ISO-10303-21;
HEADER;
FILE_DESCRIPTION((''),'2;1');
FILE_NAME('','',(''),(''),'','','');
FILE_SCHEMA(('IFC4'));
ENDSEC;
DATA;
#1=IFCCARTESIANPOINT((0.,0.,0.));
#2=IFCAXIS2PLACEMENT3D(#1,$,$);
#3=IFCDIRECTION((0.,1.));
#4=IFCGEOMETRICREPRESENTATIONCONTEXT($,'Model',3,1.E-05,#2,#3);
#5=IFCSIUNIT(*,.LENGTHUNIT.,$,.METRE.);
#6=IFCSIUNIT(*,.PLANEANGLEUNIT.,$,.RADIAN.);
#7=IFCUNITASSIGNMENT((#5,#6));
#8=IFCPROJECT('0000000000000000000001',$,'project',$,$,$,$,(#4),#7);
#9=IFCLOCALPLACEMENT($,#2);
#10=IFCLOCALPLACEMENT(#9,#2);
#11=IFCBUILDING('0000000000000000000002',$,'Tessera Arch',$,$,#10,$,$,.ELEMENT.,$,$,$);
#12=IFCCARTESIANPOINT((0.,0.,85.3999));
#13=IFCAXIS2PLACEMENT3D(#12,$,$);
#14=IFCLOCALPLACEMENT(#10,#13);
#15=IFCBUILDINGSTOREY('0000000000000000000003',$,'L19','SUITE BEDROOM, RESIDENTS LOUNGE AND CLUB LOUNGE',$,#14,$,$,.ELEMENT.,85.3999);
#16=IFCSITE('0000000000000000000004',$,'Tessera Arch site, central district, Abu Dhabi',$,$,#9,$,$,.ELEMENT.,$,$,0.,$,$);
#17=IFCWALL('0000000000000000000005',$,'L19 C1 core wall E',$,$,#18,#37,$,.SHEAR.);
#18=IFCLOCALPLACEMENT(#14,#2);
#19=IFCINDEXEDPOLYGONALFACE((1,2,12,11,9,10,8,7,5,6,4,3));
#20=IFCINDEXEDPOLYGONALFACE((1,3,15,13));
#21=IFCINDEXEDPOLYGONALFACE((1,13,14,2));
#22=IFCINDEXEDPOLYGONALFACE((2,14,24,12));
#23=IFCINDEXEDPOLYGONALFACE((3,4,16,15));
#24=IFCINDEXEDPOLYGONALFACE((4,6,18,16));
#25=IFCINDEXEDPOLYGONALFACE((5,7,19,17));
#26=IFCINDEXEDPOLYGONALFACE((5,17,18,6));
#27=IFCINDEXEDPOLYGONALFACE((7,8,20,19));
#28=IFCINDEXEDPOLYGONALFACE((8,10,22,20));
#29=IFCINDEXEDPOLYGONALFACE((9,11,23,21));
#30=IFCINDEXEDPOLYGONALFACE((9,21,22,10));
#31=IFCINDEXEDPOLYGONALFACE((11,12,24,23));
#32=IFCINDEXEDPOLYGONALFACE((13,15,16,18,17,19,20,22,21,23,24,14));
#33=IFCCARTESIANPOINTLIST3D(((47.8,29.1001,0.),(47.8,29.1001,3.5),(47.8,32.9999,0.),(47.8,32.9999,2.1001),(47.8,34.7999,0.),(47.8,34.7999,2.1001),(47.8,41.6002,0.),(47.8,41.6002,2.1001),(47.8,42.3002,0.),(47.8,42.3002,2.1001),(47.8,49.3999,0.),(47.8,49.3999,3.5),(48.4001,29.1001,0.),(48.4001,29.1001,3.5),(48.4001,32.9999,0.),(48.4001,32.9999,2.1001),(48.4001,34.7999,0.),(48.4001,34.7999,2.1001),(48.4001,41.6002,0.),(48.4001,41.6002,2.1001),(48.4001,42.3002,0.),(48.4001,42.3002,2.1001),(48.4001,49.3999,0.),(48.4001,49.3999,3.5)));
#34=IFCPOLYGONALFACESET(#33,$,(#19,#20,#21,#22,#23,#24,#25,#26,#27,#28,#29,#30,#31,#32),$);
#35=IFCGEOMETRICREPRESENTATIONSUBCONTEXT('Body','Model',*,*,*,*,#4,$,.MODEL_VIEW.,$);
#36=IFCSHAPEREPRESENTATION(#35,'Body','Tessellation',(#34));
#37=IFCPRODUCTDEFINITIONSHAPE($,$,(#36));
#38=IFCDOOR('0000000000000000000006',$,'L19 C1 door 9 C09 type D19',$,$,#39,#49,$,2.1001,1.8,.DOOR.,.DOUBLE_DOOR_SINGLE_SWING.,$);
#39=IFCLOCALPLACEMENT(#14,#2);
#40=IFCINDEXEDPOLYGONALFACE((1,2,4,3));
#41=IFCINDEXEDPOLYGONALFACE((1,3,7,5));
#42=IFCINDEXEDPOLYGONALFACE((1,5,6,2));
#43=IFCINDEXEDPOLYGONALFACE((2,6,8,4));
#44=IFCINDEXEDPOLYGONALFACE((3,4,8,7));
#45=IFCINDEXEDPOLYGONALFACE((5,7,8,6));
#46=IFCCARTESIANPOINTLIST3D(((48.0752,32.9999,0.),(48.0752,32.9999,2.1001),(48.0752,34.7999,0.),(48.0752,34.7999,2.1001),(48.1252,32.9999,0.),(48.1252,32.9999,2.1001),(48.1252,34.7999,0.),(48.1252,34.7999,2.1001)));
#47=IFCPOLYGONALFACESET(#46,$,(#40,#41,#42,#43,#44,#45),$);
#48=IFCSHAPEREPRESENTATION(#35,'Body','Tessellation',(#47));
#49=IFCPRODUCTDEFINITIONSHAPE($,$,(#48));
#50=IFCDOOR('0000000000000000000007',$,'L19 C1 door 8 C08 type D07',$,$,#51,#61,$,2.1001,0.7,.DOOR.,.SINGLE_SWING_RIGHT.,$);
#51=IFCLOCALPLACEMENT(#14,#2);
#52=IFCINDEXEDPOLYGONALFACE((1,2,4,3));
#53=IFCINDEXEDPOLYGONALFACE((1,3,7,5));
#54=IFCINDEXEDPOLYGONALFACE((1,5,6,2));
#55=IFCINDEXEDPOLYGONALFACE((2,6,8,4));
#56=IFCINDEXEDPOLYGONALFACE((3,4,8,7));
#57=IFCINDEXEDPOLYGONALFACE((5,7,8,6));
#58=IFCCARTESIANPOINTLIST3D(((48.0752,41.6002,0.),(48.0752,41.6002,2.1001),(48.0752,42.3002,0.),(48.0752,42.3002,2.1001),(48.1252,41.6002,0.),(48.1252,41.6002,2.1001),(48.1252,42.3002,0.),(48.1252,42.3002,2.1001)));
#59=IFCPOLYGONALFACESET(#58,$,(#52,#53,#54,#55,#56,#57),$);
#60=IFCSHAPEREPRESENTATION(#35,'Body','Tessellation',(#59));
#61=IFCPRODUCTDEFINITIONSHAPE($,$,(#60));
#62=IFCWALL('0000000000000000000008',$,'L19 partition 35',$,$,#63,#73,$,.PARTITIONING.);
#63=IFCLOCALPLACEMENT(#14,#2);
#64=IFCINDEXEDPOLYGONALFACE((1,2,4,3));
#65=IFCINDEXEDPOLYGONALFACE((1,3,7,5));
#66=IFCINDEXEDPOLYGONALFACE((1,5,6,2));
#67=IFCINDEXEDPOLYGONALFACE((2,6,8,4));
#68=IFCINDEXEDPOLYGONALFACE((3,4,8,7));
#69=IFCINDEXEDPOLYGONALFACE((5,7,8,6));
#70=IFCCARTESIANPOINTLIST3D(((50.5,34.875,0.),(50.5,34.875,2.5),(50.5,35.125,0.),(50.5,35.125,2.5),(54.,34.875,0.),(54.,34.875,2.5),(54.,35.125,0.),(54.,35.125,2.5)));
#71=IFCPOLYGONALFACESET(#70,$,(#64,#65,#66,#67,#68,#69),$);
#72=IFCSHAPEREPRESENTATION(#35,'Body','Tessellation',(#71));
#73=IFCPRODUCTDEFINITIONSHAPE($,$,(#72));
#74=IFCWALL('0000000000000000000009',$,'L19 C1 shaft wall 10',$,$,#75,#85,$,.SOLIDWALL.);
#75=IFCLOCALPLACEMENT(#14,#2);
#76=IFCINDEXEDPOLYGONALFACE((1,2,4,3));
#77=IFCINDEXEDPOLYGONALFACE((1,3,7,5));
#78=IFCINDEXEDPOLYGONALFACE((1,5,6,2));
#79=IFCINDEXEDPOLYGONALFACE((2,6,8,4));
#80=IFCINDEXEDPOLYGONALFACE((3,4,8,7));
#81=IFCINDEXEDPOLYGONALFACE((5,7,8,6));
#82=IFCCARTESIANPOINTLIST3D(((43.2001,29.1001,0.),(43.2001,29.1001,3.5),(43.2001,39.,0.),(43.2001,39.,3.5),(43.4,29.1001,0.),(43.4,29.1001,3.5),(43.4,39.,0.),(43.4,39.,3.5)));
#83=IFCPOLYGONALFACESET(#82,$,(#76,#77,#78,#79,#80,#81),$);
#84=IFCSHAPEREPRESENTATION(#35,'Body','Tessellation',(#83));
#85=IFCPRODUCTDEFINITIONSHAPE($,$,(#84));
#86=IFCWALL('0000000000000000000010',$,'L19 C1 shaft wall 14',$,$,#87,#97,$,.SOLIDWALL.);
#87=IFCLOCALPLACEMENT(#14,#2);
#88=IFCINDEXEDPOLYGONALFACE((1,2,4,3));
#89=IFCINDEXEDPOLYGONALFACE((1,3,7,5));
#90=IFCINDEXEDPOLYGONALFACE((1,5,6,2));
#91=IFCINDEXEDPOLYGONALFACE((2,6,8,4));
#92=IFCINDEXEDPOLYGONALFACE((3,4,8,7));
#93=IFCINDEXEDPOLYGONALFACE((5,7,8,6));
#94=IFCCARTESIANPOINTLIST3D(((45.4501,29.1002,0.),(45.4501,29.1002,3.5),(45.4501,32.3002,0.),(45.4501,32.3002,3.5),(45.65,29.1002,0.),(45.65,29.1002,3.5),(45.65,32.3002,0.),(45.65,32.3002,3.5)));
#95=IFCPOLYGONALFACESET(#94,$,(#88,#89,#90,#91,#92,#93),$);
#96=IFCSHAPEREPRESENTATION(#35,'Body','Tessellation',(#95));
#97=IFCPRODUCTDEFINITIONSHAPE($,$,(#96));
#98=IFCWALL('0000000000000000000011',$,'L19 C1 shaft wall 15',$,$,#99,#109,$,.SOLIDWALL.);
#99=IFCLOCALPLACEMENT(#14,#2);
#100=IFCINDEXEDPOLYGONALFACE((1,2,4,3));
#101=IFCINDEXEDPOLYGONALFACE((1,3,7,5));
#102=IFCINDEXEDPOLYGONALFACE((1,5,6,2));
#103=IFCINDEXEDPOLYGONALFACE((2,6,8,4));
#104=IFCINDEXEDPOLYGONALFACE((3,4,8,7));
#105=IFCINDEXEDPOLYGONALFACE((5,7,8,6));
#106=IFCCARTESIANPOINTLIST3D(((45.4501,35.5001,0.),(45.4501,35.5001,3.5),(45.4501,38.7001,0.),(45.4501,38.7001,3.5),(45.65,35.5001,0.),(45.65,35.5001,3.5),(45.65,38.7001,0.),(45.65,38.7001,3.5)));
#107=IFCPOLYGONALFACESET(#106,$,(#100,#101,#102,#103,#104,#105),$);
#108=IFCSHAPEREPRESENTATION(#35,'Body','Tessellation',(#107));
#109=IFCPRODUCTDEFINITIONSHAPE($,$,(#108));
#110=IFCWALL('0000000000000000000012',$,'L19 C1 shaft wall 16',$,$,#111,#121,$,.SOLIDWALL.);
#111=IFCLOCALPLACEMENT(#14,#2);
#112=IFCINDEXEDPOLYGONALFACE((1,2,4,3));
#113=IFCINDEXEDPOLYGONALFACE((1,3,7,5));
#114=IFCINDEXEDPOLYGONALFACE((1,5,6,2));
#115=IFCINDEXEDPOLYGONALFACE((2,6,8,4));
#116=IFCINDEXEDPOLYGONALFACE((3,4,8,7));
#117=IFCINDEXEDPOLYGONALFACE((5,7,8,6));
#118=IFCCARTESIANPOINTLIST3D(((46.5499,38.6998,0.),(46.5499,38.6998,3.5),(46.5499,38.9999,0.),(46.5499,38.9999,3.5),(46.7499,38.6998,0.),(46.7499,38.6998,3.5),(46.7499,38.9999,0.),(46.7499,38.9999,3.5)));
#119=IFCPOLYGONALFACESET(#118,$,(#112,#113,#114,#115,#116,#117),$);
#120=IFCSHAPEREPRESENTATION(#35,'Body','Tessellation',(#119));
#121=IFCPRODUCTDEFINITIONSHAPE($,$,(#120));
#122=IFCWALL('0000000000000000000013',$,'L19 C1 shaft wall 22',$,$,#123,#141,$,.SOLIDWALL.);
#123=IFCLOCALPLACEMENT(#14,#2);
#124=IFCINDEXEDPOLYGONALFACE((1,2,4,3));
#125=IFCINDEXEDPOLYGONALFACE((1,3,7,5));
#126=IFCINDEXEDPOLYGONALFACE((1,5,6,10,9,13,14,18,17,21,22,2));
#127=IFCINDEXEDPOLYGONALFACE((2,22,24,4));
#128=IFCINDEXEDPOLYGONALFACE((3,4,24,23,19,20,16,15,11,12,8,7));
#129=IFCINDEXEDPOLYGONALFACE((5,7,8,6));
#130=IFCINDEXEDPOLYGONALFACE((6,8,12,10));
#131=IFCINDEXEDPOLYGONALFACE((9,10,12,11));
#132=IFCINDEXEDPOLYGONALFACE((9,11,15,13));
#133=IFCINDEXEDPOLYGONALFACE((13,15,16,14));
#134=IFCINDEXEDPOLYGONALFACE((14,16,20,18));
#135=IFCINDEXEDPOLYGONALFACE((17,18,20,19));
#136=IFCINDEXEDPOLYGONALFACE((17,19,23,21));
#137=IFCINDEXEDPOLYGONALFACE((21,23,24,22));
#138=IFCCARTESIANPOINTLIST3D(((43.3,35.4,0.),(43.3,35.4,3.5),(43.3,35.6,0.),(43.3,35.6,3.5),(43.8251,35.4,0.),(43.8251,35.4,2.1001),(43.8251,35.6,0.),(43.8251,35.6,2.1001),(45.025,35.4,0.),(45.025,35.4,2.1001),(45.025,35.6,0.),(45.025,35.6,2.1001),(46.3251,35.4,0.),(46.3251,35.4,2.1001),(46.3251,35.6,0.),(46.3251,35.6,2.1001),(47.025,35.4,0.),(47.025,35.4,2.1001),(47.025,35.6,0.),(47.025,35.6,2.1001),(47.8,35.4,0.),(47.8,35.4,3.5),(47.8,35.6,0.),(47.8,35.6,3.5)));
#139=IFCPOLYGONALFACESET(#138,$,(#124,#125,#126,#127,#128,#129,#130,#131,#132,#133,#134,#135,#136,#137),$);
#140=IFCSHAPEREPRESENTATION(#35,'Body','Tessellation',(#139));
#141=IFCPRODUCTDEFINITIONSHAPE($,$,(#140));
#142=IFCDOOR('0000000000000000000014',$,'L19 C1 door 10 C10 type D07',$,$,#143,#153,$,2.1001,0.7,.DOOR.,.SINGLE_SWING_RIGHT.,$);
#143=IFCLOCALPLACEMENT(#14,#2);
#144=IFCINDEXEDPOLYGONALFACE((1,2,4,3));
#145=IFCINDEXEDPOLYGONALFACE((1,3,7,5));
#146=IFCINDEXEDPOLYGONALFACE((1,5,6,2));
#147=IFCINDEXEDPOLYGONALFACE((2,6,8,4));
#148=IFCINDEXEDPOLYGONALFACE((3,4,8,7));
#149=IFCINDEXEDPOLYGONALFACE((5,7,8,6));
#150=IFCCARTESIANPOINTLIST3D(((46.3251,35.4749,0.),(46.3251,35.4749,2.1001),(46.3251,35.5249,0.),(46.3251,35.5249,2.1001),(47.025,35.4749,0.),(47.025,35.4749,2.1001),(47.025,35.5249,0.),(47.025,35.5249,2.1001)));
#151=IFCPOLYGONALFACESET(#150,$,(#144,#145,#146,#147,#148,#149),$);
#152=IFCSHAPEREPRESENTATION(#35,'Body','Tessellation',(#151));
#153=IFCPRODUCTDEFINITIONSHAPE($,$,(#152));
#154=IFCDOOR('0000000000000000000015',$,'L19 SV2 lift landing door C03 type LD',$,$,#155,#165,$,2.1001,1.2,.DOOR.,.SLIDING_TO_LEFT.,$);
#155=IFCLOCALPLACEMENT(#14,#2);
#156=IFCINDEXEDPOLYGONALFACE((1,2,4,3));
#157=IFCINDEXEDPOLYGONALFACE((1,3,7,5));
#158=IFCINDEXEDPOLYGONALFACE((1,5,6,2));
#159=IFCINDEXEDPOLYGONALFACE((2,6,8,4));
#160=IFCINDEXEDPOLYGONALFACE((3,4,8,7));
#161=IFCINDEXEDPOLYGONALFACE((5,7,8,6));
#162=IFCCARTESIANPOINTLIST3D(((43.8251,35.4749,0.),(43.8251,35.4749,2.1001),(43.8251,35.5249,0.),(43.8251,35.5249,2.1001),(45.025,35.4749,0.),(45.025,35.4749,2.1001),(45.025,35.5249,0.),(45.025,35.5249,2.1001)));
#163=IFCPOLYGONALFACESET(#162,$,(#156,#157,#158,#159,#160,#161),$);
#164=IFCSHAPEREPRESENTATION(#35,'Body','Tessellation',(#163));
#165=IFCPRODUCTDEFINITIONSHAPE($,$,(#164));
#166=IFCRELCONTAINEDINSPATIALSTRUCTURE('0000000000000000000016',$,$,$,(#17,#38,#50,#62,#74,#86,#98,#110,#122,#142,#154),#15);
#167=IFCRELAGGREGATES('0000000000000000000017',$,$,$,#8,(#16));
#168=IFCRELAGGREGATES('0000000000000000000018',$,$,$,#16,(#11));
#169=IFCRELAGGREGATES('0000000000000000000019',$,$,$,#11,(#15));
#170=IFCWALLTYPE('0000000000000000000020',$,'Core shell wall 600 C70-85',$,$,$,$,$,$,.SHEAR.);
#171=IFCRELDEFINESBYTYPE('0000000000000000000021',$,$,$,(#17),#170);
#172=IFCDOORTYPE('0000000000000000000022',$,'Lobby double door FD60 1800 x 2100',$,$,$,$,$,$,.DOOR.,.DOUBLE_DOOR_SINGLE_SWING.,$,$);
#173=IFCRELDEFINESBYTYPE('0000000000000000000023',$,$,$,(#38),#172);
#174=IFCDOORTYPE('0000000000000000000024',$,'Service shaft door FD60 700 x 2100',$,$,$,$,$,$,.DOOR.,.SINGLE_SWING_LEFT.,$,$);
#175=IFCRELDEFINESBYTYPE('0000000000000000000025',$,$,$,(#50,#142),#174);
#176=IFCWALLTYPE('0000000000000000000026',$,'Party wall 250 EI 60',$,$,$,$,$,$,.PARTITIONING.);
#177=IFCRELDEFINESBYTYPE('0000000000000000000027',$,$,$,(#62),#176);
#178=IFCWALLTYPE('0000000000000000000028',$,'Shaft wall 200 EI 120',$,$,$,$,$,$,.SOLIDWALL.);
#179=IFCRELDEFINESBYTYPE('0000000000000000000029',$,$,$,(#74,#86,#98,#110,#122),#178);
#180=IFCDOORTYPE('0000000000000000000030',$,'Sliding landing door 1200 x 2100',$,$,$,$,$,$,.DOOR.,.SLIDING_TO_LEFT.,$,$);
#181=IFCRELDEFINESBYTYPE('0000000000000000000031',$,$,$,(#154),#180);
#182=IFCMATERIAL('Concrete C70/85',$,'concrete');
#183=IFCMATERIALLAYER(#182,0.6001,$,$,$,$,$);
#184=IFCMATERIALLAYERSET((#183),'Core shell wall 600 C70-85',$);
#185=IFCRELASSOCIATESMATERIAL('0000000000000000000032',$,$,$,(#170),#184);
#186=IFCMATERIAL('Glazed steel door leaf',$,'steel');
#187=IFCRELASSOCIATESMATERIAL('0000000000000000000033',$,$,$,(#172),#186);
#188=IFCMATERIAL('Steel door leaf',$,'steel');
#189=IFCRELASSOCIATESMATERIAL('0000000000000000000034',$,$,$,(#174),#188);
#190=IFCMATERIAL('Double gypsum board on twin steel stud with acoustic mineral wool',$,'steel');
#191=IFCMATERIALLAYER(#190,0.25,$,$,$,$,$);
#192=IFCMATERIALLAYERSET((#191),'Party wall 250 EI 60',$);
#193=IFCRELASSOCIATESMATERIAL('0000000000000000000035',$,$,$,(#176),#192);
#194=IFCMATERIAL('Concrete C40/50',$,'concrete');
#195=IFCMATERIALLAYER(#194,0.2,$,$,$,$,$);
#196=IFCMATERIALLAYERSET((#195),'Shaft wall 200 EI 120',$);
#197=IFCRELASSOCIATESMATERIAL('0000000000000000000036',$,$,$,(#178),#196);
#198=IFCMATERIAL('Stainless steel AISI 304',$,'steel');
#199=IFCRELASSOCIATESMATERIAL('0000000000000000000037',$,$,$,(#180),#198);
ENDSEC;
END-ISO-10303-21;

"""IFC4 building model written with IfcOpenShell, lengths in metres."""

from ifc_helpers import new_model, si_unit, direction, frame, frame_2d, origin, place, context, subcontext, project, spatial, rectangle, extrude, material, layer, layer_set, type_object, element, fill, save


model = new_model("IFC4")

# Units and contexts
model_context = context("Model", 3, precision=1e-05, world=origin(), true_north=direction((0.0, 1.0)))
body_context = subcontext(model_context, "Body", "Model", "MODEL_VIEW")
ifc_project = project(units=[si_unit("LENGTHUNIT", "METRE"), si_unit("PLANEANGLEUNIT", "RADIAN")], contexts=[model_context])

# Site, building, storey
site_placement = place(None, origin())
site = spatial("IfcSite", under=ifc_project, at=site_placement, Name="Tessera Arch site, central district, Abu Dhabi", CompositionType="ELEMENT", RefElevation=0.0)
building_placement = place(site_placement, origin())
building = spatial("IfcBuilding", under=site, at=building_placement, Name="Tessera Arch", CompositionType="ELEMENT")
storey_placement = place(building_placement, frame((0.0, 0.0, 85.3999)))
storey = spatial("IfcBuildingStorey", under=building, at=storey_placement, Name="L19", Description="SUITE BEDROOM, RESIDENTS LOUNGE AND CLUB LOUNGE", CompositionType="ELEMENT", Elevation=85.3999)

# Wall, openings, doors
ifc_material_1 = material(Name="Concrete C70/85", Category="concrete")
ifc_layer_1 = layer(ifc_material_1, 0.6001)
ifc_layer_set_1 = layer_set([ifc_layer_1], Name="Core shell wall 600 C70-85")
wall_type_1 = type_object("IfcWallType", Name="Core shell wall 600 C70-85", PredefinedType="SHEAR", material=ifc_layer_set_1)
wall_1_placement = place(storey_placement, frame((48.1001, 29.1001, 0.0), z_axis=(0.0, 0.0, 1.0), x_axis=(0.0, 1.0, 0.0)))
wall_1 = element("IfcWall", 1, at=wall_1_placement, inside=storey, type_object=wall_type_1, Name="L19 C1 core wall E", PredefinedType="SHEAR", context=body_context, shape_type="SweptSolid", body=[
    extrude(rectangle(XDim=20.2998, YDim=0.6001, at=frame_2d((10.1499, 0.0))), origin(), (0.0, 0.0, 1.0), 3.5),
])
opening_1_placement = place(wall_1_placement, frame((12.5, 0.0, 0.0)))
opening_1 = element("IfcOpeningElement", 2, at=opening_1_placement, cuts=wall_1, PredefinedType="OPENING", context=body_context, shape_type="SweptSolid", body=[
    extrude(rectangle(XDim=0.7, YDim=2.1001, at=frame_2d((0.3501, 1.05))), frame((0.0, 0.3101, 0.0), z_axis=(0.0, -1.0, 0.0), x_axis=(1.0, 0.0, 0.0)), (0.0, 0.0, 1.0), 0.6201),
])
opening_2_placement = place(wall_1_placement, frame((3.8999, 0.0, 0.0)))
opening_2 = element("IfcOpeningElement", 3, at=opening_2_placement, cuts=wall_1, PredefinedType="OPENING", context=body_context, shape_type="SweptSolid", body=[
    extrude(rectangle(XDim=1.8, YDim=2.1001, at=frame_2d((0.8999, 1.05))), frame((0.0, 0.3101, 0.0), z_axis=(0.0, -1.0, 0.0), x_axis=(1.0, 0.0, 0.0)), (0.0, 0.0, 1.0), 0.6201),
])
ifc_material_2 = material(Name="Glazed steel door leaf", Category="steel")
door_type_1 = type_object("IfcDoorType", Name="Lobby double door FD60 1800 x 2100", OperationType="DOUBLE_DOOR_SINGLE_SWING", PredefinedType="DOOR", material=ifc_material_2)
door_1_placement = place(opening_2_placement, origin())
door_1 = element("IfcDoor", 4, at=door_1_placement, inside=storey, type_object=door_type_1, Name="L19 C1 door 9 C09 type D19", OperationType="DOUBLE_DOOR_SINGLE_SWING", OverallHeight=2.1001, OverallWidth=1.8, PredefinedType="DOOR", context=body_context, shape_type="SweptSolid", body=[
    extrude(rectangle(XDim=1.8, YDim=2.1001, at=frame_2d((0.8999, 1.05))), frame((0.0, 0.0249, 0.0), z_axis=(0.0, -1.0, 0.0), x_axis=(1.0, 0.0, 0.0)), (0.0, 0.0, 1.0), 0.05),
])
fill(opening_2, door_1)
ifc_material_3 = material(Name="Steel door leaf", Category="steel")
door_type_2 = type_object("IfcDoorType", Name="Service shaft door FD60 700 x 2100", OperationType="SINGLE_SWING_LEFT", PredefinedType="DOOR", material=ifc_material_3)
door_2_placement = place(opening_1_placement, origin())
door_2 = element("IfcDoor", 5, at=door_2_placement, inside=storey, type_object=door_type_2, Name="L19 C1 door 8 C08 type D07", OperationType="SINGLE_SWING_RIGHT", OverallHeight=2.1001, OverallWidth=0.7, PredefinedType="DOOR", context=body_context, shape_type="SweptSolid", body=[
    extrude(rectangle(XDim=0.7, YDim=2.1001, at=frame_2d((0.3501, 1.05))), frame((0.0, 0.0249, 0.0), z_axis=(0.0, -1.0, 0.0), x_axis=(1.0, 0.0, 0.0)), (0.0, 0.0, 1.0), 0.05),
])
fill(opening_1, door_2)

# Walls
ifc_material_4 = material(Name="Double gypsum board on twin steel stud with acoustic mineral wool", Category="steel")
ifc_layer_2 = layer(ifc_material_4, 0.25)
ifc_layer_set_2 = layer_set([ifc_layer_2], Name="Party wall 250 EI 60")
wall_type_2 = type_object("IfcWallType", Name="Party wall 250 EI 60", PredefinedType="PARTITIONING", material=ifc_layer_set_2)
wall_2_placement = place(storey_placement, frame((50.5, 35.0, 0.0), z_axis=(0.0, 0.0, 1.0), x_axis=(1.0, 0.0, 0.0)))
element("IfcWall", 6, at=wall_2_placement, inside=storey, type_object=wall_type_2, Name="L19 partition 35", PredefinedType="PARTITIONING", context=body_context, shape_type="SweptSolid", body=[
    extrude(rectangle(XDim=3.5, YDim=0.25, at=frame_2d((1.75, 0.0))), origin(), (0.0, 0.0, 1.0), 2.5),
])
ifc_material_5 = material(Name="Concrete C40/50", Category="concrete")
ifc_layer_3 = layer(ifc_material_5, 0.2)
ifc_layer_set_3 = layer_set([ifc_layer_3], Name="Shaft wall 200 EI 120")
wall_type_3 = type_object("IfcWallType", Name="Shaft wall 200 EI 120", PredefinedType="SOLIDWALL", material=ifc_layer_set_3)
wall_3_placement = place(storey_placement, frame((43.3, 29.1001, 0.0), z_axis=(0.0, 0.0, 1.0), x_axis=(0.0, 1.0, 0.0)))
element("IfcWall", 7, at=wall_3_placement, inside=storey, type_object=wall_type_3, Name="L19 C1 shaft wall 10", PredefinedType="SOLIDWALL", context=body_context, shape_type="SweptSolid", body=[
    extrude(rectangle(XDim=9.8999, YDim=0.2, at=frame_2d((4.95, 0.0))), origin(), (0.0, 0.0, 1.0), 3.5),
])
for number, where, z_axis, x_axis, name in (
    (8, (45.55, 29.1001, 0.0), (0.0, 0.0, 1.0), (0.0, 1.0, 0.0), "L19 C1 shaft wall 14"),
    (9, (45.55, 35.5, 0.0), (0.0, 0.0, 1.0), (0.0, 1.0, 0.0), "L19 C1 shaft wall 15"),
):
    element("IfcWall", number, at=place(storey_placement, frame(where, z_axis=z_axis, x_axis=x_axis)), inside=storey, type_object=wall_type_3, Name=name, PredefinedType="SOLIDWALL", context=body_context, shape_type="SweptSolid", body=[
        extrude(rectangle(XDim=3.2, YDim=0.2, at=frame_2d((1.6001, 0.0))), origin(), (0.0, 0.0, 1.0), 3.5),
    ])
wall_4_placement = place(storey_placement, frame((46.6499, 38.7, 0.0), z_axis=(0.0, 0.0, 1.0), x_axis=(0.0, 1.0, 0.0)))
element("IfcWall", 10, at=wall_4_placement, inside=storey, type_object=wall_type_3, Name="L19 C1 shaft wall 16", PredefinedType="SOLIDWALL", context=body_context, shape_type="SweptSolid", body=[
    extrude(rectangle(XDim=0.3, YDim=0.2, at=frame_2d((0.1499, 0.0))), origin(), (0.0, 0.0, 1.0), 3.5),
])

# Wall, openings, doors
wall_5_placement = place(storey_placement, frame((43.3, 35.5, 0.0), z_axis=(0.0, 0.0, 1.0), x_axis=(1.0, 0.0, 0.0)))
wall_5 = element("IfcWall", 11, at=wall_5_placement, inside=storey, type_object=wall_type_3, Name="L19 C1 shaft wall 22", PredefinedType="SOLIDWALL", context=body_context, shape_type="SweptSolid", body=[
    extrude(rectangle(XDim=4.5, YDim=0.2, at=frame_2d((2.25, 0.0))), origin(), (0.0, 0.0, 1.0), 3.5),
])
opening_3_placement = place(wall_5_placement, frame((0.5249, 0.0, 0.0)))
opening_3 = element("IfcOpeningElement", 12, at=opening_3_placement, cuts=wall_5, PredefinedType="OPENING", context=body_context, shape_type="SweptSolid", body=[
    extrude(rectangle(XDim=1.2, YDim=2.1001, at=frame_2d((0.6001, 1.05))), frame((0.0, 0.1099, 0.0), z_axis=(0.0, -1.0, 0.0), x_axis=(1.0, 0.0, 0.0)), (0.0, 0.0, 1.0), 0.22),
])
opening_4_placement = place(wall_5_placement, frame((3.0249, 0.0, 0.0)))
opening_4 = element("IfcOpeningElement", 13, at=opening_4_placement, cuts=wall_5, PredefinedType="OPENING", context=body_context, shape_type="SweptSolid", body=[
    extrude(rectangle(XDim=0.7, YDim=2.1001, at=frame_2d((0.3501, 1.05))), frame((0.0, 0.1099, 0.0), z_axis=(0.0, -1.0, 0.0), x_axis=(1.0, 0.0, 0.0)), (0.0, 0.0, 1.0), 0.22),
])
door_3_placement = place(opening_4_placement, origin())
door_3 = element("IfcDoor", 14, at=door_3_placement, inside=storey, type_object=door_type_2, Name="L19 C1 door 10 C10 type D07", OperationType="SINGLE_SWING_RIGHT", OverallHeight=2.1001, OverallWidth=0.7, PredefinedType="DOOR", context=body_context, shape_type="SweptSolid", body=[
    extrude(rectangle(XDim=0.7, YDim=2.1001, at=frame_2d((0.3501, 1.05))), frame((0.0, 0.0249, 0.0), z_axis=(0.0, -1.0, 0.0), x_axis=(1.0, 0.0, 0.0)), (0.0, 0.0, 1.0), 0.05),
])
fill(opening_4, door_3)
ifc_material_6 = material(Name="Stainless steel AISI 304", Category="steel")
door_type_3 = type_object("IfcDoorType", Name="Sliding landing door 1200 x 2100", OperationType="SLIDING_TO_LEFT", PredefinedType="DOOR", material=ifc_material_6)
door_4_placement = place(opening_3_placement, origin())
door_4 = element("IfcDoor", 15, at=door_4_placement, inside=storey, type_object=door_type_3, Name="L19 SV2 lift landing door C03 type LD", OperationType="SLIDING_TO_LEFT", OverallHeight=2.1001, OverallWidth=1.2, PredefinedType="DOOR", context=body_context, shape_type="SweptSolid", body=[
    extrude(rectangle(XDim=1.2, YDim=2.1001, at=frame_2d((0.6001, 1.05))), frame((0.0, 0.0249, 0.0), z_axis=(0.0, -1.0, 0.0), x_axis=(1.0, 0.0, 0.0)), (0.0, 0.0, 1.0), 0.05),
])
fill(opening_3, door_4)

save(model, "model.ifc")
